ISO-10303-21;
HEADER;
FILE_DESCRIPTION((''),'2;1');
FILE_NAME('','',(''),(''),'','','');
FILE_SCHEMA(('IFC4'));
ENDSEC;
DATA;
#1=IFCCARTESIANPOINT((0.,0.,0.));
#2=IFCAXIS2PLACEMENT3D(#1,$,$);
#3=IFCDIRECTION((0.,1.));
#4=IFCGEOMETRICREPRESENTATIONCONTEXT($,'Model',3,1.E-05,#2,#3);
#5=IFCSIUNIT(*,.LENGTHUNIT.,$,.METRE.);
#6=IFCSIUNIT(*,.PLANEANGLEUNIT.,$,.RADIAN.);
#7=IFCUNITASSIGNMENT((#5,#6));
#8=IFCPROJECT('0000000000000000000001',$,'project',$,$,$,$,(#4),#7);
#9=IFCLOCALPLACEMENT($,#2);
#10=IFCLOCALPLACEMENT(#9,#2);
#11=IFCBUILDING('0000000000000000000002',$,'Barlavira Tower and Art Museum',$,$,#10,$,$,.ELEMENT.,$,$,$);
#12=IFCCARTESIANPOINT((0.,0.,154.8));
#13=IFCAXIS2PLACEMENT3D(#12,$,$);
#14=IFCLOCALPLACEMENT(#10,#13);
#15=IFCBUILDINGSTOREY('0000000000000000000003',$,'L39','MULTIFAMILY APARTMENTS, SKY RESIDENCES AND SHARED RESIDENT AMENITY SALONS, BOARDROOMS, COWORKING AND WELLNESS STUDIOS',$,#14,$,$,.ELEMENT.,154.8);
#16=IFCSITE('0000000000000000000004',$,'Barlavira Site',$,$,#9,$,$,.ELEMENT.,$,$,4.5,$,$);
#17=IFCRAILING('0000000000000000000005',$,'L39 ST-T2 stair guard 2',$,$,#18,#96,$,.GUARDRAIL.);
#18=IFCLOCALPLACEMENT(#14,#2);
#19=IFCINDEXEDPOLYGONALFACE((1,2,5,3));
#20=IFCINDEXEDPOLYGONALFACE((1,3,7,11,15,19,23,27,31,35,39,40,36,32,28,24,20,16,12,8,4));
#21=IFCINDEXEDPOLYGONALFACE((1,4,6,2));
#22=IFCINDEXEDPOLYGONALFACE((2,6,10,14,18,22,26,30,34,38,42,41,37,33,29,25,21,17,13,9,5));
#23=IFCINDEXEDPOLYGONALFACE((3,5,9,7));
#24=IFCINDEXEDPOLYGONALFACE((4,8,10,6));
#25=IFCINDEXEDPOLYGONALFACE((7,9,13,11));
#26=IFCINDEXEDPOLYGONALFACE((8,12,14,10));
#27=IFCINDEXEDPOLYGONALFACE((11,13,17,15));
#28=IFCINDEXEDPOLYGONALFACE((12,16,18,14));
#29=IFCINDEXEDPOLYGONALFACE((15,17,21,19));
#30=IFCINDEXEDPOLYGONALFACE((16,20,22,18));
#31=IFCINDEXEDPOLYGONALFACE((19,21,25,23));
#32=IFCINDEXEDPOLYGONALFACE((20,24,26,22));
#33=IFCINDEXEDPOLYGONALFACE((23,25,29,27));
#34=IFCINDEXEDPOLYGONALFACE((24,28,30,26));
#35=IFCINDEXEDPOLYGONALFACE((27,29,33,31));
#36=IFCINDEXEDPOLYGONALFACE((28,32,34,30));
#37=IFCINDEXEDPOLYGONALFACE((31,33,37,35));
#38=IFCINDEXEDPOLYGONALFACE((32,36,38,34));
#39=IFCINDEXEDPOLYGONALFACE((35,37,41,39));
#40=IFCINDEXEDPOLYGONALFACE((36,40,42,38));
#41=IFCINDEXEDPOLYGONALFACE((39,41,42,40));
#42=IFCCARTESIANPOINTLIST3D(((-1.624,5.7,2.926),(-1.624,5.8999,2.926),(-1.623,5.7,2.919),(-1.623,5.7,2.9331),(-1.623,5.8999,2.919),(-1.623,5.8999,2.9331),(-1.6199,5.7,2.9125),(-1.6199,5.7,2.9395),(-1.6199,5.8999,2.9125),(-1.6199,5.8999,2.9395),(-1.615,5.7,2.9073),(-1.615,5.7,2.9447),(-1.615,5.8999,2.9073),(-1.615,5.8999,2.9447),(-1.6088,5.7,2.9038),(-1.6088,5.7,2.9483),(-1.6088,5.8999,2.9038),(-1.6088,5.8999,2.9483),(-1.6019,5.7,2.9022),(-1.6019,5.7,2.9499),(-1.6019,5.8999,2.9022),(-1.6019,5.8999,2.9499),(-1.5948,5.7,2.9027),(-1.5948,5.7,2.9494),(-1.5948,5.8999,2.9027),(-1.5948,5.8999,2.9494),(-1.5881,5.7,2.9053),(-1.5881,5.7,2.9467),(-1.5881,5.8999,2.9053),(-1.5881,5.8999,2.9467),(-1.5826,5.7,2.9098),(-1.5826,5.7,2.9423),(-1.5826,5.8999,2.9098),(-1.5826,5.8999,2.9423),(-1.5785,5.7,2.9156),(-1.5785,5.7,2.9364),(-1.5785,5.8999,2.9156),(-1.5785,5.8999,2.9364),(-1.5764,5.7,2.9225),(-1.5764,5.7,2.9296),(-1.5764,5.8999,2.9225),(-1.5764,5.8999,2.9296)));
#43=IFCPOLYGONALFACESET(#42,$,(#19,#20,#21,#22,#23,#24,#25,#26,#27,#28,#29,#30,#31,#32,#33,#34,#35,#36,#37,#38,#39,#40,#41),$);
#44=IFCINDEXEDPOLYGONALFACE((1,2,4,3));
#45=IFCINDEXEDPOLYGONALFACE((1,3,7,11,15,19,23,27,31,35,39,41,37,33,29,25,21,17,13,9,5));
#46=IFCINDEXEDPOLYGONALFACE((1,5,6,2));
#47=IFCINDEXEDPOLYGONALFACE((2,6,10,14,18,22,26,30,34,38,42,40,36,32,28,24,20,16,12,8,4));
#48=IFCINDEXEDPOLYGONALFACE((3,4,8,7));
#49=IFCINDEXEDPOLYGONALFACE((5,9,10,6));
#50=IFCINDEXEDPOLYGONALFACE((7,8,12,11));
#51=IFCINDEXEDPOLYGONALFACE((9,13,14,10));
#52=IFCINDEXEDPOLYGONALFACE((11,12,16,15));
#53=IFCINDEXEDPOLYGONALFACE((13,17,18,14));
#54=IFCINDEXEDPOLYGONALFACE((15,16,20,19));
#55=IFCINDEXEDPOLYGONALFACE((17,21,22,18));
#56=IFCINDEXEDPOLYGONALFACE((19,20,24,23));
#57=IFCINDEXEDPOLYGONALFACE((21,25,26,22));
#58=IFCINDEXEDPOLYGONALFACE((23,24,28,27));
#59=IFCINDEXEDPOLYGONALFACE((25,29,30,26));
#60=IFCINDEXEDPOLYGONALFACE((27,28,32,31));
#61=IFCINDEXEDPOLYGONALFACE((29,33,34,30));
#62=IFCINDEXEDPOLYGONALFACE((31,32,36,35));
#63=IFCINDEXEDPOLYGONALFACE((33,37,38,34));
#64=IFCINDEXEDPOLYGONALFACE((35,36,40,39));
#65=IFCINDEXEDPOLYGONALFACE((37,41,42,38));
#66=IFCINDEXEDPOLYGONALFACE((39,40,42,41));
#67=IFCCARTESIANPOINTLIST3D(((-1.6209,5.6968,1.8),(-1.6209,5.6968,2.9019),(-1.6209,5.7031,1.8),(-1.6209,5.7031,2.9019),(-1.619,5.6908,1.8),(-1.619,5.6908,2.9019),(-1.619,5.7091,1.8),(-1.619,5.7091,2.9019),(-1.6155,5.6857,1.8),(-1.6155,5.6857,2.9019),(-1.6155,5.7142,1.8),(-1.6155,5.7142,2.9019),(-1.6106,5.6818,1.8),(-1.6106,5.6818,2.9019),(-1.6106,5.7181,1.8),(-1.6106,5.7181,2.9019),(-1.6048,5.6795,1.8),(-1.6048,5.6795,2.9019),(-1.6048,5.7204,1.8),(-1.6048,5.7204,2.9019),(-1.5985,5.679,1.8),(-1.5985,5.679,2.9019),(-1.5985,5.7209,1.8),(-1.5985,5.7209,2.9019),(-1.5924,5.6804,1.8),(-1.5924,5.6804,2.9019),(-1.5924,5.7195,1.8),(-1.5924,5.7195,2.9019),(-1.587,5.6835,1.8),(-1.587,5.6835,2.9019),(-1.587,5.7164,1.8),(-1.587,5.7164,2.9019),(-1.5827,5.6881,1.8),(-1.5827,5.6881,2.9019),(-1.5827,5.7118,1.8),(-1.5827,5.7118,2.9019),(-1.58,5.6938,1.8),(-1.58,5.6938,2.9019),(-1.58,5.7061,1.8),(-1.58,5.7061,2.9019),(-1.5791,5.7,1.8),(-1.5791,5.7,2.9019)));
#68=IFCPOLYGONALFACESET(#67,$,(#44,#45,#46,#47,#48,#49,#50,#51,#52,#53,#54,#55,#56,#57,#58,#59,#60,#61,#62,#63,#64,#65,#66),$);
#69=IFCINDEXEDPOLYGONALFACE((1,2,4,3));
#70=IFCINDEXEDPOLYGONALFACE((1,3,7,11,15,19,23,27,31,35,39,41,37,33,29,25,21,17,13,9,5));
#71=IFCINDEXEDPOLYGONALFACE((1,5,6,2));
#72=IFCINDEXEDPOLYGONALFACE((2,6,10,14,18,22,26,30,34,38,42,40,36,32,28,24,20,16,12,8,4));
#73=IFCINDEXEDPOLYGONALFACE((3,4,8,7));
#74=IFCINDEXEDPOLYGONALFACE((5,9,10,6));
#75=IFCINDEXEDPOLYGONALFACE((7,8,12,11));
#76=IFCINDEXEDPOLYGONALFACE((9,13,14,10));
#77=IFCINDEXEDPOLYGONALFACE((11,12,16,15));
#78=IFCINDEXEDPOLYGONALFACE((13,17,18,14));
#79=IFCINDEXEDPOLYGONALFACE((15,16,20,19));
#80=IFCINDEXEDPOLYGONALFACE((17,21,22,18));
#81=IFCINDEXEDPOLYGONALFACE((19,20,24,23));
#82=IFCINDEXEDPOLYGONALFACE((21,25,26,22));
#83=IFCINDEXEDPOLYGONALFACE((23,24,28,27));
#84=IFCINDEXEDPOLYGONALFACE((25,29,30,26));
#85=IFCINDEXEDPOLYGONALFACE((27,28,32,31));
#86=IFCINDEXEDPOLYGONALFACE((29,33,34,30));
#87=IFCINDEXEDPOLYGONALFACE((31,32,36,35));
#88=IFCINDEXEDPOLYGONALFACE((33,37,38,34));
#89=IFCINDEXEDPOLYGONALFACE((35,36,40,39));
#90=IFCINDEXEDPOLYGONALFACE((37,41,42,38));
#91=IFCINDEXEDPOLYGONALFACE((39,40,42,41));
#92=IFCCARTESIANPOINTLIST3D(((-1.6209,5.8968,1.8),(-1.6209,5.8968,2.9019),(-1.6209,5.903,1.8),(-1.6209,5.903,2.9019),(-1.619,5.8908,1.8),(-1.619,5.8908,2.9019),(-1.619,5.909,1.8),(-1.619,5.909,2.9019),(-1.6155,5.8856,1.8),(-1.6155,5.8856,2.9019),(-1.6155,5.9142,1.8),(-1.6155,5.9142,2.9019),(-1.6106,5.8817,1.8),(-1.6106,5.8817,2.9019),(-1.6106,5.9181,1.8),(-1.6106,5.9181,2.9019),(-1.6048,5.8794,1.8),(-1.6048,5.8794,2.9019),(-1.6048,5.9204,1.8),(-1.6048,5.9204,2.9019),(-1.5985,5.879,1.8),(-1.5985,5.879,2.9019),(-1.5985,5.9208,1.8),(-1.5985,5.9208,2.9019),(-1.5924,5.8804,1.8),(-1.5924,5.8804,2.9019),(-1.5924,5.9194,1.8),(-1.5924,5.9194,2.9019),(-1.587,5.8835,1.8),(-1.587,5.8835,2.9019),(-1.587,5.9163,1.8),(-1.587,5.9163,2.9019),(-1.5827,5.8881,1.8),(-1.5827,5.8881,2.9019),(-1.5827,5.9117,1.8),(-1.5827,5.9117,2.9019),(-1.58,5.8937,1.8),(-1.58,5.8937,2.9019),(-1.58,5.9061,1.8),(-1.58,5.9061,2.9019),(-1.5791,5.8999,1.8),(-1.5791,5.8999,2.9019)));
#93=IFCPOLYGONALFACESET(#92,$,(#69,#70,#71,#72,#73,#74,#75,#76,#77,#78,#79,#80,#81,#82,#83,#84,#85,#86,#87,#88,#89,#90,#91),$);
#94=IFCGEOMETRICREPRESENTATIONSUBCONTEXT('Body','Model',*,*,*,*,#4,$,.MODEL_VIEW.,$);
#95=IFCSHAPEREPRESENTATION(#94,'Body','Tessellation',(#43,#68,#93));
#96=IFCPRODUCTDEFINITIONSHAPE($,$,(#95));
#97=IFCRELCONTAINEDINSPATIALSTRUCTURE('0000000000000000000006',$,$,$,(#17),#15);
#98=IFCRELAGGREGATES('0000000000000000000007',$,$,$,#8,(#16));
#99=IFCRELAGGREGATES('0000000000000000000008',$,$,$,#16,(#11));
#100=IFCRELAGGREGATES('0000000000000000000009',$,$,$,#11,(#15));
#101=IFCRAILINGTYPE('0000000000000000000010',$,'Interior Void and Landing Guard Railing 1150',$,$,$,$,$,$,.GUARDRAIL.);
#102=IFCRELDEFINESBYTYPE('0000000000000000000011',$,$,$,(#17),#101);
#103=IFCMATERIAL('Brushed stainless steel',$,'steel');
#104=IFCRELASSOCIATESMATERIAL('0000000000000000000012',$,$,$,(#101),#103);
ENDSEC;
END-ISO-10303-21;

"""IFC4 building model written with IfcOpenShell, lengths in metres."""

from ifc_helpers import new_model, si_unit, direction, frame, origin, origin_2d, place, context, subcontext, project, spatial, circle, extrude, material, type_object, element, save


model = new_model("IFC4")

# Units and contexts
model_context = context("Model", 3, precision=1e-05, world=origin(), true_north=direction((0.0, 1.0)))
body_context = subcontext(model_context, "Body", "Model", "MODEL_VIEW")
ifc_project = project(units=[si_unit("LENGTHUNIT", "METRE"), si_unit("PLANEANGLEUNIT", "RADIAN")], contexts=[model_context])

# Site, building, storey
site_placement = place(None, origin())
site = spatial("IfcSite", under=ifc_project, at=site_placement, Name="Barlavira Site", CompositionType="ELEMENT", RefElevation=4.5)
building_placement = place(site_placement, origin())
building = spatial("IfcBuilding", under=site, at=building_placement, Name="Barlavira Tower and Art Museum", CompositionType="ELEMENT")
storey_placement = place(building_placement, frame((0.0, 0.0, 154.8)))
storey = spatial("IfcBuildingStorey", under=building, at=storey_placement, Name="L39", Description="MULTIFAMILY APARTMENTS, SKY RESIDENCES AND SHARED RESIDENT AMENITY SALONS, BOARDROOMS, COWORKING AND WELLNESS STUDIOS", CompositionType="ELEMENT", Elevation=154.8)

# Shared definitions
ifc_material_1 = material(Name="Brushed stainless steel", Category="steel")

# Railing
railing_type_1 = type_object("IfcRailingType", Name="Interior Void and Landing Guard Railing 1150", PredefinedType="GUARDRAIL", material=ifc_material_1)
railing_1_placement = place(storey_placement, frame((-1.6001, 5.7, 1.8)))
element("IfcRailing", 1, at=railing_1_placement, inside=storey, type_object=railing_type_1, Name="L39 ST-T2 stair guard 2", PredefinedType="GUARDRAIL", context=body_context, shape_type="SweptSolid", body=[
    extrude(circle(Radius=0.0239, at=origin_2d()), frame((0.0, 0.0, 1.126), z_axis=(0.0, 1.0, 0.0), x_axis=(-1.0, 0.0, 0.0)), (0.0, 0.0, 1.0), 0.2),
    extrude(circle(Radius=0.021, at=origin_2d()), origin(), (0.0, 0.0, 1.0), 1.1018),
    extrude(circle(Radius=0.021, at=origin_2d()), frame((0.0, 0.2, 0.0)), (0.0, 0.0, 1.0), 1.1018),
])

save(model, "model.ifc")
